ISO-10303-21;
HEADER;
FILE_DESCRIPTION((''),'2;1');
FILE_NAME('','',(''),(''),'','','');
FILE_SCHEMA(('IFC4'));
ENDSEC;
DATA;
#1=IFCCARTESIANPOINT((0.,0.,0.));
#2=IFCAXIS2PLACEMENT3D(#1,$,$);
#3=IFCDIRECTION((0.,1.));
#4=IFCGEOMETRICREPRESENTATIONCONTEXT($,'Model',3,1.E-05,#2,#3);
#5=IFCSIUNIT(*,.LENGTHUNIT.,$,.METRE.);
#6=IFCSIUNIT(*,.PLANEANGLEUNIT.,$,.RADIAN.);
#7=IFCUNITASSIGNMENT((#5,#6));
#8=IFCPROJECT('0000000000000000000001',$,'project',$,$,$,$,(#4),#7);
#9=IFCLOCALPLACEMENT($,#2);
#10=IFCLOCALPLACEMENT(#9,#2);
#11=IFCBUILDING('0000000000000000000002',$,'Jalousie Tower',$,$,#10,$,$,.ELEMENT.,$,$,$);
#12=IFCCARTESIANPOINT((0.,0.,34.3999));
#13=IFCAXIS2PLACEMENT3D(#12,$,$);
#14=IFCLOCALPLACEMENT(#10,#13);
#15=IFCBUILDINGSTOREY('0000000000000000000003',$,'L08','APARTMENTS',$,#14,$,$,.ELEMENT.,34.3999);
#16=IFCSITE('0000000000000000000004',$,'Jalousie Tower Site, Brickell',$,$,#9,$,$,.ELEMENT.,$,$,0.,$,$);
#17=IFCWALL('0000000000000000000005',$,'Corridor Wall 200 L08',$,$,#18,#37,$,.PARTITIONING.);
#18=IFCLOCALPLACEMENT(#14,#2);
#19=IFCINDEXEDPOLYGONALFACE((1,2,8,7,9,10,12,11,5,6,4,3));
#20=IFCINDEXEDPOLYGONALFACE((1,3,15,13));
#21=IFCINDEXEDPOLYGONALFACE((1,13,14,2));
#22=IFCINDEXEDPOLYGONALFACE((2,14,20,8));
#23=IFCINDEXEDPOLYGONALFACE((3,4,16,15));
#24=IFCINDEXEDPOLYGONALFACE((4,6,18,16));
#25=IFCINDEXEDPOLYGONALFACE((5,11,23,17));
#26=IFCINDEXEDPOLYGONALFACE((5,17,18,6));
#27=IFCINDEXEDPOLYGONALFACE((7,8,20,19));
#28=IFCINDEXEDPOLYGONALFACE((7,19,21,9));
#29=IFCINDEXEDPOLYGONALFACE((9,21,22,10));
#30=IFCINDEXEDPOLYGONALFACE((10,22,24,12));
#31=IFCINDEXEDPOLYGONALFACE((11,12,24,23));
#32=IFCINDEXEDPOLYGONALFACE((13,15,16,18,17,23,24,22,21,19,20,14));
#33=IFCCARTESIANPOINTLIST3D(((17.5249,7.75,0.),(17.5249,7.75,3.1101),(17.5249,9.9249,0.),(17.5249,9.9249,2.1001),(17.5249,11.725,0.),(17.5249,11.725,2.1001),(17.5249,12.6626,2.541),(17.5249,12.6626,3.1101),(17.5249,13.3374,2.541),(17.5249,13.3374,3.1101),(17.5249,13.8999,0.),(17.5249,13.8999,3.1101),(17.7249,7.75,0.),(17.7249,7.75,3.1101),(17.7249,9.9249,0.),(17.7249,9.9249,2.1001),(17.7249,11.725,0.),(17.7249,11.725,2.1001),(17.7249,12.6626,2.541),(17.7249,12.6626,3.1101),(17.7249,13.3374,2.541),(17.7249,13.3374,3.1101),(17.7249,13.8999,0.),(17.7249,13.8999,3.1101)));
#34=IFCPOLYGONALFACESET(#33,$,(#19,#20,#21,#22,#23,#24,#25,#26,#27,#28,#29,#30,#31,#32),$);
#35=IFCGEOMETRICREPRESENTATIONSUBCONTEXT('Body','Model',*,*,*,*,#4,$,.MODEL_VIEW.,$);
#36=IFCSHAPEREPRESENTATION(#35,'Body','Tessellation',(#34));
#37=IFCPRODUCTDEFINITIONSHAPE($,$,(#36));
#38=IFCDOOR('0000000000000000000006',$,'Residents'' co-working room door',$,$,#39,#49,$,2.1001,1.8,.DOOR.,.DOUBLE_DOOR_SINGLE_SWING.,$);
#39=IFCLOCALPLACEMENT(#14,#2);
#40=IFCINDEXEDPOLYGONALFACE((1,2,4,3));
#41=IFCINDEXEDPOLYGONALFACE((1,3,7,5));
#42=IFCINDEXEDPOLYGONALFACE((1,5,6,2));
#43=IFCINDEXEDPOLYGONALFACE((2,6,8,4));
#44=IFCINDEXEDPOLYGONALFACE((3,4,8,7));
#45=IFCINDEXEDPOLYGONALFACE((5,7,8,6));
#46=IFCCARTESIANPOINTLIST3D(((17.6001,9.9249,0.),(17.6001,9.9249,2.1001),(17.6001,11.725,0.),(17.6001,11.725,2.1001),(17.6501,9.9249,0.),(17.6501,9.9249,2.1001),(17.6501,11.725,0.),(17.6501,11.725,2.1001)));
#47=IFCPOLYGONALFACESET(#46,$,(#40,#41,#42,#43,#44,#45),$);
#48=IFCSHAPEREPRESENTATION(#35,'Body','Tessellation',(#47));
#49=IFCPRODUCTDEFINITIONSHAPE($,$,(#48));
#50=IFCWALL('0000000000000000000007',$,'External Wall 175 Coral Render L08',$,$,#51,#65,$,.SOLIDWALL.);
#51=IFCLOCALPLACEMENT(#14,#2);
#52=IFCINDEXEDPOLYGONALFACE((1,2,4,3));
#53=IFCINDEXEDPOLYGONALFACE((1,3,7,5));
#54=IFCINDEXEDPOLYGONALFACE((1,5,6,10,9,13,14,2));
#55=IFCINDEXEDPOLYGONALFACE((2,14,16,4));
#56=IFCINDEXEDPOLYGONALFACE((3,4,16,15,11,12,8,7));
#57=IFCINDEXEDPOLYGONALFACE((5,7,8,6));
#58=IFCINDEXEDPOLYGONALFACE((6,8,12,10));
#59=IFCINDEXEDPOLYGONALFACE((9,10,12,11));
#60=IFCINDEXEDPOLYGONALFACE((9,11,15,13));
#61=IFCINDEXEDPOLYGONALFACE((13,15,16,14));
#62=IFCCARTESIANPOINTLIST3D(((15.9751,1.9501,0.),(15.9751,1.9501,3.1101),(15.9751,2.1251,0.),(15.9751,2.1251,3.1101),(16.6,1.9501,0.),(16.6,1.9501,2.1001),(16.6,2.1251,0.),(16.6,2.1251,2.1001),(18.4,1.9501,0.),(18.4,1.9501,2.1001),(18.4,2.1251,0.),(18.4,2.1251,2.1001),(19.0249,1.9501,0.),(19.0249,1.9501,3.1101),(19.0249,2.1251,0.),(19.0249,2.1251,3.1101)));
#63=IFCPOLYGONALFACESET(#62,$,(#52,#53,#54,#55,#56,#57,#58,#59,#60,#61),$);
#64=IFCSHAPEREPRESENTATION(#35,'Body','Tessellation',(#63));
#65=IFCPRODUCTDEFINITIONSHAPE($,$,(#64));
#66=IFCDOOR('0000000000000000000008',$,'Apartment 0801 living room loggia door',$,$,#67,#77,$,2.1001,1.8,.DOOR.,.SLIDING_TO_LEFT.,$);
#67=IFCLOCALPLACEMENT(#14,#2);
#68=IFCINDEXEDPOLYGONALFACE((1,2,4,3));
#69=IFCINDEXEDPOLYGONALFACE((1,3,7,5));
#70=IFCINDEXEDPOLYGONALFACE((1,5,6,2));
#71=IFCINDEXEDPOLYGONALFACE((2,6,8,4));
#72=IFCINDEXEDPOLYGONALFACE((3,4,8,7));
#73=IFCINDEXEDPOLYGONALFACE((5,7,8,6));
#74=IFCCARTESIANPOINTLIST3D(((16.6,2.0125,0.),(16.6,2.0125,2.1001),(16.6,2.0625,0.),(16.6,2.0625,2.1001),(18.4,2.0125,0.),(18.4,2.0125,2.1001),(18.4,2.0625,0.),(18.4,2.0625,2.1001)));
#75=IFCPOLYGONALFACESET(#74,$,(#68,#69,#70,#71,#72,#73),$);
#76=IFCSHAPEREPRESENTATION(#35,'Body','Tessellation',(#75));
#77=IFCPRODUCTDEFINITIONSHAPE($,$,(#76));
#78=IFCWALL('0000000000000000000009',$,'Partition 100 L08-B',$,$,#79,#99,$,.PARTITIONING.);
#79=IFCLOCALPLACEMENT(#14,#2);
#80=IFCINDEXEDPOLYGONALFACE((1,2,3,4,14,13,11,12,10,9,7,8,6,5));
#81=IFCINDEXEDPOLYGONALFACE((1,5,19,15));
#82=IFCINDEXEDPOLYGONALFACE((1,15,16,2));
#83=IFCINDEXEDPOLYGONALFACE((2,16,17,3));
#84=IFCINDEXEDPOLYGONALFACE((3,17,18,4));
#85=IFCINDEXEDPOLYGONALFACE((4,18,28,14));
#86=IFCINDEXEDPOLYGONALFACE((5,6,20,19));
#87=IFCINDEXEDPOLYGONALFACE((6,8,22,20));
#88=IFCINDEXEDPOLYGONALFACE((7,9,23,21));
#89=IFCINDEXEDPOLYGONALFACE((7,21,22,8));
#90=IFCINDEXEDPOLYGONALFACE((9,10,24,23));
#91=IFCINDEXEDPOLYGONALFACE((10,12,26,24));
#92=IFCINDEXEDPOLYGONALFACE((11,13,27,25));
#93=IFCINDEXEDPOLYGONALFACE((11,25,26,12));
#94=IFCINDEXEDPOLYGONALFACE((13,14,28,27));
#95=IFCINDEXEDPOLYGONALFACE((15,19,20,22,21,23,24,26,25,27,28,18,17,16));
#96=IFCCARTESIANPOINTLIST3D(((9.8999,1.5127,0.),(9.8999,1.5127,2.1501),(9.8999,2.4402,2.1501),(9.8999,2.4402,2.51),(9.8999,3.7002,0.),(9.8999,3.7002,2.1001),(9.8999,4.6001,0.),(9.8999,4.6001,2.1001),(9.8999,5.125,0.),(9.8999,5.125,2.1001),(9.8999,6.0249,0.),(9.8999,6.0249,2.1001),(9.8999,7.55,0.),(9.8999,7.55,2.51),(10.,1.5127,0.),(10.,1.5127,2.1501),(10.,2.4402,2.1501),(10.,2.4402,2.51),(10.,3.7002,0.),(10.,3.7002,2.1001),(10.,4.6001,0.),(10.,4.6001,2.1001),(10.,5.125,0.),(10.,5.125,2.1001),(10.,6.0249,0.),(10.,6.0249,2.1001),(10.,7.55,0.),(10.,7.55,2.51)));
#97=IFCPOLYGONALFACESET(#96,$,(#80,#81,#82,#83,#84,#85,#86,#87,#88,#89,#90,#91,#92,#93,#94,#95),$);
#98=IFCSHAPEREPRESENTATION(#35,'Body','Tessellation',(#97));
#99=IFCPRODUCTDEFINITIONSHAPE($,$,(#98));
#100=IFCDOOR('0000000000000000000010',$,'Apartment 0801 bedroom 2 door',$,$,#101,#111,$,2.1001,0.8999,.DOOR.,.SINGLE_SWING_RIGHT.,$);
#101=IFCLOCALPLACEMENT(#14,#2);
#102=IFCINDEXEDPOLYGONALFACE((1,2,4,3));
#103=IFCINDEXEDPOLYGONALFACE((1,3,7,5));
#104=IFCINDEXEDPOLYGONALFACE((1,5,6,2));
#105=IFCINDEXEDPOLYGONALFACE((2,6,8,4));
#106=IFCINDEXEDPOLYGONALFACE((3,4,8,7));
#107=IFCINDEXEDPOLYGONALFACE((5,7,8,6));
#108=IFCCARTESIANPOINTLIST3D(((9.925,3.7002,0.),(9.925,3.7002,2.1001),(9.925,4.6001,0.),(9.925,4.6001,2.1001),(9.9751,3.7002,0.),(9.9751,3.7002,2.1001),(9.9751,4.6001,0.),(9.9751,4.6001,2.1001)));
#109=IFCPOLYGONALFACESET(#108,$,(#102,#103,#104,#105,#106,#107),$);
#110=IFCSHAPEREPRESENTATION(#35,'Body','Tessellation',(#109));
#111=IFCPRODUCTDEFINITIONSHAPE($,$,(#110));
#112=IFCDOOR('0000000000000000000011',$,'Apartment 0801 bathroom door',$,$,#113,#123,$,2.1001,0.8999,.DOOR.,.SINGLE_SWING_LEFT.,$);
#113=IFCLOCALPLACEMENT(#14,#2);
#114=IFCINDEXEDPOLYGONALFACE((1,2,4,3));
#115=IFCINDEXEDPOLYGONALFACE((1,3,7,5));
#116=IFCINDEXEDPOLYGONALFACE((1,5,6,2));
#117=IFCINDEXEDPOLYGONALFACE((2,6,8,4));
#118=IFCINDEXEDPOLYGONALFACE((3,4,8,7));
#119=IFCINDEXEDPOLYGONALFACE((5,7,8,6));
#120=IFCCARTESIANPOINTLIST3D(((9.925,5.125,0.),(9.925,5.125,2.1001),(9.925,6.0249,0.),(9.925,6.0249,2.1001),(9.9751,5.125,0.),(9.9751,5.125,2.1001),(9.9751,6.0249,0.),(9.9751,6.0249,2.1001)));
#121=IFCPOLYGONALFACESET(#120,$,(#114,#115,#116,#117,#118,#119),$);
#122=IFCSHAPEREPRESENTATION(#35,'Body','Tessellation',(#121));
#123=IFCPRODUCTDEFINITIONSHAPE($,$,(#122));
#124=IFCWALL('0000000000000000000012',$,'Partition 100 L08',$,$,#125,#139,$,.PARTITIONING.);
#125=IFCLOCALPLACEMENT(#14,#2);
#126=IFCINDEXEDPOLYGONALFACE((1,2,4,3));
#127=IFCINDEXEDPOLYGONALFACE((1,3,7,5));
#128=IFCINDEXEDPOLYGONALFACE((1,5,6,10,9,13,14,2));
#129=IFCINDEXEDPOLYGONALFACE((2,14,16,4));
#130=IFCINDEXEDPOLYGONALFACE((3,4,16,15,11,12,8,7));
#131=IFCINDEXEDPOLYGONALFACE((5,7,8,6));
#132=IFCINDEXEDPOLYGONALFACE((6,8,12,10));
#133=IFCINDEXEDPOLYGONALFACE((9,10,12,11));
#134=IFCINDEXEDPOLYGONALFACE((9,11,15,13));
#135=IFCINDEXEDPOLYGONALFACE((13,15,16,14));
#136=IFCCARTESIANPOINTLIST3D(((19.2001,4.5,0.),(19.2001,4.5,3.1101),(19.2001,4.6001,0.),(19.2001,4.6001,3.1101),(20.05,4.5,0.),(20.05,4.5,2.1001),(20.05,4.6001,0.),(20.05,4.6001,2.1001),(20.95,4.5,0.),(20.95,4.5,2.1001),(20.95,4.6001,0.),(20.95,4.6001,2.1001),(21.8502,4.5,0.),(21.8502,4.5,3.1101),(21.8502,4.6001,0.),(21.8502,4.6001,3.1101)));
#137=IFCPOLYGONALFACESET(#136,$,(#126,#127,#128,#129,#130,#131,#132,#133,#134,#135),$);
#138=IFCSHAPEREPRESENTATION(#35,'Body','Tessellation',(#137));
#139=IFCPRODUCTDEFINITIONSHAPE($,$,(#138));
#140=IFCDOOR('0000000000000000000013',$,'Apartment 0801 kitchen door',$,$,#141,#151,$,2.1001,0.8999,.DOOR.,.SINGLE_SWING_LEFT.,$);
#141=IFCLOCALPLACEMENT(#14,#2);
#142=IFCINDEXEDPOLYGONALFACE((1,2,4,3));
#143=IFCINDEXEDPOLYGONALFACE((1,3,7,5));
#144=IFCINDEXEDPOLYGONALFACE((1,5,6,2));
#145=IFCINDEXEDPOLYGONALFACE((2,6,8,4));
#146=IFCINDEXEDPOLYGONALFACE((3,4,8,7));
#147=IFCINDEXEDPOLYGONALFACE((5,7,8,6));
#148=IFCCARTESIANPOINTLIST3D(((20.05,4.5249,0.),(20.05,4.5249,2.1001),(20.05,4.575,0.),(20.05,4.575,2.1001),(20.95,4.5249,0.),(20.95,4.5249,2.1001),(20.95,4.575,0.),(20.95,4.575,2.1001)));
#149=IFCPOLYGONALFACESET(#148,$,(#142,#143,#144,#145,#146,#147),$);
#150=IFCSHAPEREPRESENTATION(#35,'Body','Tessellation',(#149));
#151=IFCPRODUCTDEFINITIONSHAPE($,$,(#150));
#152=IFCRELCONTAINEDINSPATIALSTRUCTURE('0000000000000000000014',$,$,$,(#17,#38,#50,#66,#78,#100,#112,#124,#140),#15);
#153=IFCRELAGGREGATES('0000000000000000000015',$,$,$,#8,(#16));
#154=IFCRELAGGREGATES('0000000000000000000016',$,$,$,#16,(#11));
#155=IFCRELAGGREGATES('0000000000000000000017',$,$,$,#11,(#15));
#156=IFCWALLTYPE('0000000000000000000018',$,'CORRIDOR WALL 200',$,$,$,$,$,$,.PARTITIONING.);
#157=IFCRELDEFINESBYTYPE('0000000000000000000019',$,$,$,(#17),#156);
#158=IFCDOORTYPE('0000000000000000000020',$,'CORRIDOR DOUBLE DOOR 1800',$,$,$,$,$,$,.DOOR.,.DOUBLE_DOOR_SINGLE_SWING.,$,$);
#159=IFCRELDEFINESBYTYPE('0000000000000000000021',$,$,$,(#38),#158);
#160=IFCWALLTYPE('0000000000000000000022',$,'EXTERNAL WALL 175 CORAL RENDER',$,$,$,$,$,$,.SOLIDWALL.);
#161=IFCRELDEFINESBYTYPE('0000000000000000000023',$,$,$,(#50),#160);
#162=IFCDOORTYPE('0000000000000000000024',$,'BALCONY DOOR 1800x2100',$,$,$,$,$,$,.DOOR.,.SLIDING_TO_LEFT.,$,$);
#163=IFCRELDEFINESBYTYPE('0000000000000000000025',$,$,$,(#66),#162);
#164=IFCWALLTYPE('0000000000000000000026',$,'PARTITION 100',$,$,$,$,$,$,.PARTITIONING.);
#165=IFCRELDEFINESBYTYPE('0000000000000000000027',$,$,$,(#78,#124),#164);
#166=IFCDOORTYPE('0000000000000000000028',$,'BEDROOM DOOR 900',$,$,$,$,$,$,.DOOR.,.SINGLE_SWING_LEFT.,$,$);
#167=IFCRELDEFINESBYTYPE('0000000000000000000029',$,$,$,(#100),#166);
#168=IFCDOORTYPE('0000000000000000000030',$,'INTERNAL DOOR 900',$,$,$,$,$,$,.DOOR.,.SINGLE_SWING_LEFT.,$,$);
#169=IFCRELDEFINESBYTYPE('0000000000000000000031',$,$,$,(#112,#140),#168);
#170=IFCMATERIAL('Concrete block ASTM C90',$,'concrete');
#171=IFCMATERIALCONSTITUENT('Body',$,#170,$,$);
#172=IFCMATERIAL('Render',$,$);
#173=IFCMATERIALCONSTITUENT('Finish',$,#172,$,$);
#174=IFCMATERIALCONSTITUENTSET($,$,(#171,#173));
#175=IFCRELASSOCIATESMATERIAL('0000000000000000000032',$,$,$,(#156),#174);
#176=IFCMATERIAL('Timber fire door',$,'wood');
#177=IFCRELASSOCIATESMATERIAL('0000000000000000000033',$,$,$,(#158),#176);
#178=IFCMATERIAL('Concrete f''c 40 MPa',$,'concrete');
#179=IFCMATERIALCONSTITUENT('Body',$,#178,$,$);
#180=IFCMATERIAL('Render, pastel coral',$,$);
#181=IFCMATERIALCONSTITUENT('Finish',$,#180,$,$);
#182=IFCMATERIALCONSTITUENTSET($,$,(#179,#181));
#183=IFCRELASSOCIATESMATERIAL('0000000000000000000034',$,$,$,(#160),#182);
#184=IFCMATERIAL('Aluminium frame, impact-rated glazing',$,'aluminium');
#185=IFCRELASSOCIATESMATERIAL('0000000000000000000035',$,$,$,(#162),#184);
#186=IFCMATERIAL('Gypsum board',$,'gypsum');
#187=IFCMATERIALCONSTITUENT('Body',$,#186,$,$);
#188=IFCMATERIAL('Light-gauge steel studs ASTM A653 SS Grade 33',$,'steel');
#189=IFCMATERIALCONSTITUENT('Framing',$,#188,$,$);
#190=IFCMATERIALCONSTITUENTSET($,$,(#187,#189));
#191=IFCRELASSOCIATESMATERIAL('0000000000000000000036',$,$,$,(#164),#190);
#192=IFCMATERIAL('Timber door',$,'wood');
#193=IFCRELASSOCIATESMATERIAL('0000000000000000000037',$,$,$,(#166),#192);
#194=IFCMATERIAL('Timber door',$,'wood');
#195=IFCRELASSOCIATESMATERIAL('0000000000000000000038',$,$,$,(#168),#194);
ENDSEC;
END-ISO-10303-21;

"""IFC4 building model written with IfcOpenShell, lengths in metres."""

from ifc_helpers import new_model, si_unit, direction, frame, frame_2d, origin, place, context, subcontext, project, spatial, polyline, rectangle, outline, extrude, material, constituent, constituent_set, type_object, element, fill, save


model = new_model("IFC4")

# Units and contexts
model_context = context("Model", 3, precision=1e-05, world=origin(), true_north=direction((0.0, 1.0)))
body_context = subcontext(model_context, "Body", "Model", "MODEL_VIEW")
ifc_project = project(units=[si_unit("LENGTHUNIT", "METRE"), si_unit("PLANEANGLEUNIT", "RADIAN")], contexts=[model_context])

# Site, building, storey
site_placement = place(None, origin())
site = spatial("IfcSite", under=ifc_project, at=site_placement, Name="Jalousie Tower Site, Brickell", CompositionType="ELEMENT", RefElevation=0.0)
building_placement = place(site_placement, origin())
building = spatial("IfcBuilding", under=site, at=building_placement, Name="Jalousie Tower", CompositionType="ELEMENT")
storey_placement = place(building_placement, frame((0.0, 0.0, 34.3999)))
storey = spatial("IfcBuildingStorey", under=building, at=storey_placement, Name="L08", Description="APARTMENTS", CompositionType="ELEMENT", Elevation=34.3999)

# Shared definitions
ifc_material_1 = material(Name="Concrete block ASTM C90", Category="concrete")
ifc_constituent_1 = constituent(ifc_material_1, Name="Body")
ifc_material_2 = material(Name="Render")
ifc_constituent_2 = constituent(ifc_material_2, Name="Finish")
ifc_constituent_set_1 = constituent_set(constituents=[ifc_constituent_1, ifc_constituent_2])
wall_type_1 = type_object("IfcWallType", Name="CORRIDOR WALL 200", PredefinedType="PARTITIONING", material=ifc_constituent_set_1)

# Walls, openings, doors
wall_1_placement = place(storey_placement, frame((17.625, 7.75, 0.0), z_axis=(0.0, 0.0, 1.0), x_axis=(0.0, 1.0, 0.0)))
wall_1 = element("IfcWall", 1, at=wall_1_placement, inside=storey, type_object=wall_type_1, Name="Corridor Wall 200 L08", PredefinedType="PARTITIONING", context=body_context, shape_type="SweptSolid", body=[
    extrude(outline(polyline([(0.0, 0.0), (6.1499, 0.0), (6.1499, 3.1101), (5.5874, 3.1101), (5.5874, 2.541), (4.9126, 2.541), (4.9126, 3.1101), (0.0, 3.1101), (0.0, 0.0)])), frame((0.0, 0.1001, 0.0), z_axis=(0.0, -1.0, 0.0), x_axis=(1.0, 0.0, 0.0)), (0.0, 0.0, 1.0), 0.2),
])
opening_1_placement = place(wall_1_placement, frame((2.175, 0.0, 0.0)))
opening_1 = element("IfcOpeningElement", 2, at=opening_1_placement, cuts=wall_1, PredefinedType="OPENING", context=body_context, shape_type="SweptSolid", body=[
    extrude(rectangle(XDim=1.8, YDim=2.1001, at=frame_2d((0.8999, 1.05))), frame((0.0, 0.1099, 0.0), z_axis=(0.0, -1.0, 0.0), x_axis=(1.0, 0.0, 0.0)), (0.0, 0.0, 1.0), 0.22),
])
ifc_material_3 = material(Name="Timber fire door", Category="wood")
door_type_1 = type_object("IfcDoorType", Name="CORRIDOR DOUBLE DOOR 1800", OperationType="DOUBLE_DOOR_SINGLE_SWING", PredefinedType="DOOR", material=ifc_material_3)
door_1_placement = place(opening_1_placement, origin())
door_1 = element("IfcDoor", 3, at=door_1_placement, inside=storey, type_object=door_type_1, Name="Residents' co-working room door", OperationType="DOUBLE_DOOR_SINGLE_SWING", OverallHeight=2.1001, OverallWidth=1.8, PredefinedType="DOOR", context=body_context, shape_type="SweptSolid", body=[
    extrude(rectangle(XDim=1.8, YDim=2.1001, at=frame_2d((0.8999, 1.05))), frame((0.0, 0.0249, 0.0), z_axis=(0.0, -1.0, 0.0), x_axis=(1.0, 0.0, 0.0)), (0.0, 0.0, 1.0), 0.05),
])
fill(opening_1, door_1)
ifc_material_4 = material(Name="Concrete f'c 40 MPa", Category="concrete")
ifc_constituent_3 = constituent(ifc_material_4, Name="Body")
ifc_material_5 = material(Name="Render, pastel coral")
ifc_constituent_4 = constituent(ifc_material_5, Name="Finish")
ifc_constituent_set_2 = constituent_set(constituents=[ifc_constituent_3, ifc_constituent_4])
wall_type_2 = type_object("IfcWallType", Name="EXTERNAL WALL 175 CORAL RENDER", PredefinedType="SOLIDWALL", material=ifc_constituent_set_2)
wall_2_placement = place(storey_placement, frame((15.9751, 2.0376, 0.0), z_axis=(0.0, 0.0, 1.0), x_axis=(1.0, 0.0, 0.0)))
wall_2 = element("IfcWall", 4, at=wall_2_placement, inside=storey, type_object=wall_type_2, Name="External Wall 175 Coral Render L08", PredefinedType="SOLIDWALL", context=body_context, shape_type="SweptSolid", body=[
    extrude(rectangle(XDim=3.0498, YDim=0.175, at=frame_2d((1.5249, 0.0))), origin(), (0.0, 0.0, 1.0), 3.1101),
])
opening_2_placement = place(wall_2_placement, frame((0.625, 0.0, 0.0)))
opening_2 = element("IfcOpeningElement", 5, at=opening_2_placement, cuts=wall_2, PredefinedType="OPENING", context=body_context, shape_type="SweptSolid", body=[
    extrude(rectangle(XDim=1.8, YDim=2.1001, at=frame_2d((0.8999, 1.05))), frame((0.0, 0.0974, 0.0), z_axis=(0.0, -1.0, 0.0), x_axis=(1.0, 0.0, 0.0)), (0.0, 0.0, 1.0), 0.1951),
])
ifc_material_6 = material(Name="Aluminium frame, impact-rated glazing", Category="aluminium")
door_type_2 = type_object("IfcDoorType", Name="BALCONY DOOR 1800x2100", OperationType="SLIDING_TO_LEFT", PredefinedType="DOOR", material=ifc_material_6)
door_2_placement = place(opening_2_placement, origin())
door_2 = element("IfcDoor", 6, at=door_2_placement, inside=storey, type_object=door_type_2, Name="Apartment 0801 living room loggia door", OperationType="SLIDING_TO_LEFT", OverallHeight=2.1001, OverallWidth=1.8, PredefinedType="DOOR", context=body_context, shape_type="SweptSolid", body=[
    extrude(rectangle(XDim=1.8, YDim=2.1001, at=frame_2d((0.8999, 1.05))), frame((0.0, 0.0249, 0.0), z_axis=(0.0, -1.0, 0.0), x_axis=(1.0, 0.0, 0.0)), (0.0, 0.0, 1.0), 0.05),
])
fill(opening_2, door_2)

# Wall, openings, doors
ifc_material_7 = material(Name="Gypsum board", Category="gypsum")
ifc_constituent_5 = constituent(ifc_material_7, Name="Body")
ifc_material_8 = material(Name="Light-gauge steel studs ASTM A653 SS Grade 33", Category="steel")
ifc_constituent_6 = constituent(ifc_material_8, Name="Framing")
ifc_constituent_set_3 = constituent_set(constituents=[ifc_constituent_5, ifc_constituent_6])
wall_type_3 = type_object("IfcWallType", Name="PARTITION 100", PredefinedType="PARTITIONING", material=ifc_constituent_set_3)
wall_3_placement = place(storey_placement, frame((9.95, 1.5127, 0.0), z_axis=(0.0, 0.0, 1.0), x_axis=(0.0, 1.0, 0.0)))
wall_3 = element("IfcWall", 7, at=wall_3_placement, inside=storey, type_object=wall_type_3, Name="Partition 100 L08-B", PredefinedType="PARTITIONING", context=body_context, shape_type="SweptSolid", body=[
    extrude(outline(polyline([(0.0, 0.0), (6.0374, 0.0), (6.0374, 2.51), (0.9275, 2.51), (0.9275, 2.1501), (0.0, 2.1501), (0.0, 0.0)])), frame((0.0, 0.05, 0.0), z_axis=(0.0, -1.0, 0.0), x_axis=(1.0, 0.0, 0.0)), (0.0, 0.0, 1.0), 0.1001),
])
opening_3_placement = place(wall_3_placement, frame((2.1875, 0.0, 0.0)))
opening_3 = element("IfcOpeningElement", 8, at=opening_3_placement, cuts=wall_3, PredefinedType="OPENING", context=body_context, shape_type="SweptSolid", body=[
    extrude(rectangle(XDim=0.8999, YDim=2.1001, at=frame_2d((0.45, 1.05))), frame((0.0, 0.0601, 0.0), z_axis=(0.0, -1.0, 0.0), x_axis=(1.0, 0.0, 0.0)), (0.0, 0.0, 1.0), 0.1201),
])
opening_4_placement = place(wall_3_placement, frame((3.6123, 0.0, 0.0)))
opening_4 = element("IfcOpeningElement", 9, at=opening_4_placement, cuts=wall_3, PredefinedType="OPENING", context=body_context, shape_type="SweptSolid", body=[
    extrude(rectangle(XDim=0.8999, YDim=2.1001, at=frame_2d((0.45, 1.05))), frame((0.0, 0.0601, 0.0), z_axis=(0.0, -1.0, 0.0), x_axis=(1.0, 0.0, 0.0)), (0.0, 0.0, 1.0), 0.1201),
])
ifc_material_9 = material(Name="Timber door", Category="wood")
door_type_3 = type_object("IfcDoorType", Name="BEDROOM DOOR 900", OperationType="SINGLE_SWING_LEFT", PredefinedType="DOOR", material=ifc_material_9)
door_3_placement = place(opening_3_placement, origin())
door_3 = element("IfcDoor", 10, at=door_3_placement, inside=storey, type_object=door_type_3, Name="Apartment 0801 bedroom 2 door", OperationType="SINGLE_SWING_RIGHT", OverallHeight=2.1001, OverallWidth=0.8999, PredefinedType="DOOR", context=body_context, shape_type="SweptSolid", body=[
    extrude(rectangle(XDim=0.8999, YDim=2.1001, at=frame_2d((0.45, 1.05))), frame((0.0, 0.0249, 0.0), z_axis=(0.0, -1.0, 0.0), x_axis=(1.0, 0.0, 0.0)), (0.0, 0.0, 1.0), 0.05),
])
fill(opening_3, door_3)
ifc_material_10 = material(Name="Timber door", Category="wood")
door_type_4 = type_object("IfcDoorType", Name="INTERNAL DOOR 900", OperationType="SINGLE_SWING_LEFT", PredefinedType="DOOR", material=ifc_material_10)
door_4_placement = place(opening_4_placement, origin())
door_4 = element("IfcDoor", 11, at=door_4_placement, inside=storey, type_object=door_type_4, Name="Apartment 0801 bathroom door", OperationType="SINGLE_SWING_LEFT", OverallHeight=2.1001, OverallWidth=0.8999, PredefinedType="DOOR", context=body_context, shape_type="SweptSolid", body=[
    extrude(rectangle(XDim=0.8999, YDim=2.1001, at=frame_2d((0.45, 1.05))), frame((0.0, 0.0249, 0.0), z_axis=(0.0, -1.0, 0.0), x_axis=(1.0, 0.0, 0.0)), (0.0, 0.0, 1.0), 0.05),
])
fill(opening_4, door_4)

# Wall, opening, door
wall_4_placement = place(storey_placement, frame((19.2, 4.55, 0.0), z_axis=(0.0, 0.0, 1.0), x_axis=(1.0, 0.0, 0.0)))
wall_4 = element("IfcWall", 12, at=wall_4_placement, inside=storey, type_object=wall_type_3, Name="Partition 100 L08", PredefinedType="PARTITIONING", context=body_context, shape_type="SweptSolid", body=[
    extrude(rectangle(XDim=2.6501, YDim=0.1001, at=frame_2d((1.3252, 0.0))), origin(), (0.0, 0.0, 1.0), 3.1101),
])
opening_5_placement = place(wall_4_placement, frame((0.8501, 0.0, 0.0)))
opening_5 = element("IfcOpeningElement", 13, at=opening_5_placement, cuts=wall_4, PredefinedType="OPENING", context=body_context, shape_type="SweptSolid", body=[
    extrude(rectangle(XDim=0.8999, YDim=2.1001, at=frame_2d((0.45, 1.05))), frame((0.0, 0.0601, 0.0), z_axis=(0.0, -1.0, 0.0), x_axis=(1.0, 0.0, 0.0)), (0.0, 0.0, 1.0), 0.1201),
])
door_5_placement = place(opening_5_placement, origin())
door_5 = element("IfcDoor", 14, at=door_5_placement, inside=storey, type_object=door_type_4, Name="Apartment 0801 kitchen door", OperationType="SINGLE_SWING_LEFT", OverallHeight=2.1001, OverallWidth=0.8999, PredefinedType="DOOR", context=body_context, shape_type="SweptSolid", body=[
    extrude(rectangle(XDim=0.8999, YDim=2.1001, at=frame_2d((0.45, 1.05))), frame((0.0, 0.0249, 0.0), z_axis=(0.0, -1.0, 0.0), x_axis=(1.0, 0.0, 0.0)), (0.0, 0.0, 1.0), 0.05),
])
fill(opening_5, door_5)

save(model, "model.ifc")
